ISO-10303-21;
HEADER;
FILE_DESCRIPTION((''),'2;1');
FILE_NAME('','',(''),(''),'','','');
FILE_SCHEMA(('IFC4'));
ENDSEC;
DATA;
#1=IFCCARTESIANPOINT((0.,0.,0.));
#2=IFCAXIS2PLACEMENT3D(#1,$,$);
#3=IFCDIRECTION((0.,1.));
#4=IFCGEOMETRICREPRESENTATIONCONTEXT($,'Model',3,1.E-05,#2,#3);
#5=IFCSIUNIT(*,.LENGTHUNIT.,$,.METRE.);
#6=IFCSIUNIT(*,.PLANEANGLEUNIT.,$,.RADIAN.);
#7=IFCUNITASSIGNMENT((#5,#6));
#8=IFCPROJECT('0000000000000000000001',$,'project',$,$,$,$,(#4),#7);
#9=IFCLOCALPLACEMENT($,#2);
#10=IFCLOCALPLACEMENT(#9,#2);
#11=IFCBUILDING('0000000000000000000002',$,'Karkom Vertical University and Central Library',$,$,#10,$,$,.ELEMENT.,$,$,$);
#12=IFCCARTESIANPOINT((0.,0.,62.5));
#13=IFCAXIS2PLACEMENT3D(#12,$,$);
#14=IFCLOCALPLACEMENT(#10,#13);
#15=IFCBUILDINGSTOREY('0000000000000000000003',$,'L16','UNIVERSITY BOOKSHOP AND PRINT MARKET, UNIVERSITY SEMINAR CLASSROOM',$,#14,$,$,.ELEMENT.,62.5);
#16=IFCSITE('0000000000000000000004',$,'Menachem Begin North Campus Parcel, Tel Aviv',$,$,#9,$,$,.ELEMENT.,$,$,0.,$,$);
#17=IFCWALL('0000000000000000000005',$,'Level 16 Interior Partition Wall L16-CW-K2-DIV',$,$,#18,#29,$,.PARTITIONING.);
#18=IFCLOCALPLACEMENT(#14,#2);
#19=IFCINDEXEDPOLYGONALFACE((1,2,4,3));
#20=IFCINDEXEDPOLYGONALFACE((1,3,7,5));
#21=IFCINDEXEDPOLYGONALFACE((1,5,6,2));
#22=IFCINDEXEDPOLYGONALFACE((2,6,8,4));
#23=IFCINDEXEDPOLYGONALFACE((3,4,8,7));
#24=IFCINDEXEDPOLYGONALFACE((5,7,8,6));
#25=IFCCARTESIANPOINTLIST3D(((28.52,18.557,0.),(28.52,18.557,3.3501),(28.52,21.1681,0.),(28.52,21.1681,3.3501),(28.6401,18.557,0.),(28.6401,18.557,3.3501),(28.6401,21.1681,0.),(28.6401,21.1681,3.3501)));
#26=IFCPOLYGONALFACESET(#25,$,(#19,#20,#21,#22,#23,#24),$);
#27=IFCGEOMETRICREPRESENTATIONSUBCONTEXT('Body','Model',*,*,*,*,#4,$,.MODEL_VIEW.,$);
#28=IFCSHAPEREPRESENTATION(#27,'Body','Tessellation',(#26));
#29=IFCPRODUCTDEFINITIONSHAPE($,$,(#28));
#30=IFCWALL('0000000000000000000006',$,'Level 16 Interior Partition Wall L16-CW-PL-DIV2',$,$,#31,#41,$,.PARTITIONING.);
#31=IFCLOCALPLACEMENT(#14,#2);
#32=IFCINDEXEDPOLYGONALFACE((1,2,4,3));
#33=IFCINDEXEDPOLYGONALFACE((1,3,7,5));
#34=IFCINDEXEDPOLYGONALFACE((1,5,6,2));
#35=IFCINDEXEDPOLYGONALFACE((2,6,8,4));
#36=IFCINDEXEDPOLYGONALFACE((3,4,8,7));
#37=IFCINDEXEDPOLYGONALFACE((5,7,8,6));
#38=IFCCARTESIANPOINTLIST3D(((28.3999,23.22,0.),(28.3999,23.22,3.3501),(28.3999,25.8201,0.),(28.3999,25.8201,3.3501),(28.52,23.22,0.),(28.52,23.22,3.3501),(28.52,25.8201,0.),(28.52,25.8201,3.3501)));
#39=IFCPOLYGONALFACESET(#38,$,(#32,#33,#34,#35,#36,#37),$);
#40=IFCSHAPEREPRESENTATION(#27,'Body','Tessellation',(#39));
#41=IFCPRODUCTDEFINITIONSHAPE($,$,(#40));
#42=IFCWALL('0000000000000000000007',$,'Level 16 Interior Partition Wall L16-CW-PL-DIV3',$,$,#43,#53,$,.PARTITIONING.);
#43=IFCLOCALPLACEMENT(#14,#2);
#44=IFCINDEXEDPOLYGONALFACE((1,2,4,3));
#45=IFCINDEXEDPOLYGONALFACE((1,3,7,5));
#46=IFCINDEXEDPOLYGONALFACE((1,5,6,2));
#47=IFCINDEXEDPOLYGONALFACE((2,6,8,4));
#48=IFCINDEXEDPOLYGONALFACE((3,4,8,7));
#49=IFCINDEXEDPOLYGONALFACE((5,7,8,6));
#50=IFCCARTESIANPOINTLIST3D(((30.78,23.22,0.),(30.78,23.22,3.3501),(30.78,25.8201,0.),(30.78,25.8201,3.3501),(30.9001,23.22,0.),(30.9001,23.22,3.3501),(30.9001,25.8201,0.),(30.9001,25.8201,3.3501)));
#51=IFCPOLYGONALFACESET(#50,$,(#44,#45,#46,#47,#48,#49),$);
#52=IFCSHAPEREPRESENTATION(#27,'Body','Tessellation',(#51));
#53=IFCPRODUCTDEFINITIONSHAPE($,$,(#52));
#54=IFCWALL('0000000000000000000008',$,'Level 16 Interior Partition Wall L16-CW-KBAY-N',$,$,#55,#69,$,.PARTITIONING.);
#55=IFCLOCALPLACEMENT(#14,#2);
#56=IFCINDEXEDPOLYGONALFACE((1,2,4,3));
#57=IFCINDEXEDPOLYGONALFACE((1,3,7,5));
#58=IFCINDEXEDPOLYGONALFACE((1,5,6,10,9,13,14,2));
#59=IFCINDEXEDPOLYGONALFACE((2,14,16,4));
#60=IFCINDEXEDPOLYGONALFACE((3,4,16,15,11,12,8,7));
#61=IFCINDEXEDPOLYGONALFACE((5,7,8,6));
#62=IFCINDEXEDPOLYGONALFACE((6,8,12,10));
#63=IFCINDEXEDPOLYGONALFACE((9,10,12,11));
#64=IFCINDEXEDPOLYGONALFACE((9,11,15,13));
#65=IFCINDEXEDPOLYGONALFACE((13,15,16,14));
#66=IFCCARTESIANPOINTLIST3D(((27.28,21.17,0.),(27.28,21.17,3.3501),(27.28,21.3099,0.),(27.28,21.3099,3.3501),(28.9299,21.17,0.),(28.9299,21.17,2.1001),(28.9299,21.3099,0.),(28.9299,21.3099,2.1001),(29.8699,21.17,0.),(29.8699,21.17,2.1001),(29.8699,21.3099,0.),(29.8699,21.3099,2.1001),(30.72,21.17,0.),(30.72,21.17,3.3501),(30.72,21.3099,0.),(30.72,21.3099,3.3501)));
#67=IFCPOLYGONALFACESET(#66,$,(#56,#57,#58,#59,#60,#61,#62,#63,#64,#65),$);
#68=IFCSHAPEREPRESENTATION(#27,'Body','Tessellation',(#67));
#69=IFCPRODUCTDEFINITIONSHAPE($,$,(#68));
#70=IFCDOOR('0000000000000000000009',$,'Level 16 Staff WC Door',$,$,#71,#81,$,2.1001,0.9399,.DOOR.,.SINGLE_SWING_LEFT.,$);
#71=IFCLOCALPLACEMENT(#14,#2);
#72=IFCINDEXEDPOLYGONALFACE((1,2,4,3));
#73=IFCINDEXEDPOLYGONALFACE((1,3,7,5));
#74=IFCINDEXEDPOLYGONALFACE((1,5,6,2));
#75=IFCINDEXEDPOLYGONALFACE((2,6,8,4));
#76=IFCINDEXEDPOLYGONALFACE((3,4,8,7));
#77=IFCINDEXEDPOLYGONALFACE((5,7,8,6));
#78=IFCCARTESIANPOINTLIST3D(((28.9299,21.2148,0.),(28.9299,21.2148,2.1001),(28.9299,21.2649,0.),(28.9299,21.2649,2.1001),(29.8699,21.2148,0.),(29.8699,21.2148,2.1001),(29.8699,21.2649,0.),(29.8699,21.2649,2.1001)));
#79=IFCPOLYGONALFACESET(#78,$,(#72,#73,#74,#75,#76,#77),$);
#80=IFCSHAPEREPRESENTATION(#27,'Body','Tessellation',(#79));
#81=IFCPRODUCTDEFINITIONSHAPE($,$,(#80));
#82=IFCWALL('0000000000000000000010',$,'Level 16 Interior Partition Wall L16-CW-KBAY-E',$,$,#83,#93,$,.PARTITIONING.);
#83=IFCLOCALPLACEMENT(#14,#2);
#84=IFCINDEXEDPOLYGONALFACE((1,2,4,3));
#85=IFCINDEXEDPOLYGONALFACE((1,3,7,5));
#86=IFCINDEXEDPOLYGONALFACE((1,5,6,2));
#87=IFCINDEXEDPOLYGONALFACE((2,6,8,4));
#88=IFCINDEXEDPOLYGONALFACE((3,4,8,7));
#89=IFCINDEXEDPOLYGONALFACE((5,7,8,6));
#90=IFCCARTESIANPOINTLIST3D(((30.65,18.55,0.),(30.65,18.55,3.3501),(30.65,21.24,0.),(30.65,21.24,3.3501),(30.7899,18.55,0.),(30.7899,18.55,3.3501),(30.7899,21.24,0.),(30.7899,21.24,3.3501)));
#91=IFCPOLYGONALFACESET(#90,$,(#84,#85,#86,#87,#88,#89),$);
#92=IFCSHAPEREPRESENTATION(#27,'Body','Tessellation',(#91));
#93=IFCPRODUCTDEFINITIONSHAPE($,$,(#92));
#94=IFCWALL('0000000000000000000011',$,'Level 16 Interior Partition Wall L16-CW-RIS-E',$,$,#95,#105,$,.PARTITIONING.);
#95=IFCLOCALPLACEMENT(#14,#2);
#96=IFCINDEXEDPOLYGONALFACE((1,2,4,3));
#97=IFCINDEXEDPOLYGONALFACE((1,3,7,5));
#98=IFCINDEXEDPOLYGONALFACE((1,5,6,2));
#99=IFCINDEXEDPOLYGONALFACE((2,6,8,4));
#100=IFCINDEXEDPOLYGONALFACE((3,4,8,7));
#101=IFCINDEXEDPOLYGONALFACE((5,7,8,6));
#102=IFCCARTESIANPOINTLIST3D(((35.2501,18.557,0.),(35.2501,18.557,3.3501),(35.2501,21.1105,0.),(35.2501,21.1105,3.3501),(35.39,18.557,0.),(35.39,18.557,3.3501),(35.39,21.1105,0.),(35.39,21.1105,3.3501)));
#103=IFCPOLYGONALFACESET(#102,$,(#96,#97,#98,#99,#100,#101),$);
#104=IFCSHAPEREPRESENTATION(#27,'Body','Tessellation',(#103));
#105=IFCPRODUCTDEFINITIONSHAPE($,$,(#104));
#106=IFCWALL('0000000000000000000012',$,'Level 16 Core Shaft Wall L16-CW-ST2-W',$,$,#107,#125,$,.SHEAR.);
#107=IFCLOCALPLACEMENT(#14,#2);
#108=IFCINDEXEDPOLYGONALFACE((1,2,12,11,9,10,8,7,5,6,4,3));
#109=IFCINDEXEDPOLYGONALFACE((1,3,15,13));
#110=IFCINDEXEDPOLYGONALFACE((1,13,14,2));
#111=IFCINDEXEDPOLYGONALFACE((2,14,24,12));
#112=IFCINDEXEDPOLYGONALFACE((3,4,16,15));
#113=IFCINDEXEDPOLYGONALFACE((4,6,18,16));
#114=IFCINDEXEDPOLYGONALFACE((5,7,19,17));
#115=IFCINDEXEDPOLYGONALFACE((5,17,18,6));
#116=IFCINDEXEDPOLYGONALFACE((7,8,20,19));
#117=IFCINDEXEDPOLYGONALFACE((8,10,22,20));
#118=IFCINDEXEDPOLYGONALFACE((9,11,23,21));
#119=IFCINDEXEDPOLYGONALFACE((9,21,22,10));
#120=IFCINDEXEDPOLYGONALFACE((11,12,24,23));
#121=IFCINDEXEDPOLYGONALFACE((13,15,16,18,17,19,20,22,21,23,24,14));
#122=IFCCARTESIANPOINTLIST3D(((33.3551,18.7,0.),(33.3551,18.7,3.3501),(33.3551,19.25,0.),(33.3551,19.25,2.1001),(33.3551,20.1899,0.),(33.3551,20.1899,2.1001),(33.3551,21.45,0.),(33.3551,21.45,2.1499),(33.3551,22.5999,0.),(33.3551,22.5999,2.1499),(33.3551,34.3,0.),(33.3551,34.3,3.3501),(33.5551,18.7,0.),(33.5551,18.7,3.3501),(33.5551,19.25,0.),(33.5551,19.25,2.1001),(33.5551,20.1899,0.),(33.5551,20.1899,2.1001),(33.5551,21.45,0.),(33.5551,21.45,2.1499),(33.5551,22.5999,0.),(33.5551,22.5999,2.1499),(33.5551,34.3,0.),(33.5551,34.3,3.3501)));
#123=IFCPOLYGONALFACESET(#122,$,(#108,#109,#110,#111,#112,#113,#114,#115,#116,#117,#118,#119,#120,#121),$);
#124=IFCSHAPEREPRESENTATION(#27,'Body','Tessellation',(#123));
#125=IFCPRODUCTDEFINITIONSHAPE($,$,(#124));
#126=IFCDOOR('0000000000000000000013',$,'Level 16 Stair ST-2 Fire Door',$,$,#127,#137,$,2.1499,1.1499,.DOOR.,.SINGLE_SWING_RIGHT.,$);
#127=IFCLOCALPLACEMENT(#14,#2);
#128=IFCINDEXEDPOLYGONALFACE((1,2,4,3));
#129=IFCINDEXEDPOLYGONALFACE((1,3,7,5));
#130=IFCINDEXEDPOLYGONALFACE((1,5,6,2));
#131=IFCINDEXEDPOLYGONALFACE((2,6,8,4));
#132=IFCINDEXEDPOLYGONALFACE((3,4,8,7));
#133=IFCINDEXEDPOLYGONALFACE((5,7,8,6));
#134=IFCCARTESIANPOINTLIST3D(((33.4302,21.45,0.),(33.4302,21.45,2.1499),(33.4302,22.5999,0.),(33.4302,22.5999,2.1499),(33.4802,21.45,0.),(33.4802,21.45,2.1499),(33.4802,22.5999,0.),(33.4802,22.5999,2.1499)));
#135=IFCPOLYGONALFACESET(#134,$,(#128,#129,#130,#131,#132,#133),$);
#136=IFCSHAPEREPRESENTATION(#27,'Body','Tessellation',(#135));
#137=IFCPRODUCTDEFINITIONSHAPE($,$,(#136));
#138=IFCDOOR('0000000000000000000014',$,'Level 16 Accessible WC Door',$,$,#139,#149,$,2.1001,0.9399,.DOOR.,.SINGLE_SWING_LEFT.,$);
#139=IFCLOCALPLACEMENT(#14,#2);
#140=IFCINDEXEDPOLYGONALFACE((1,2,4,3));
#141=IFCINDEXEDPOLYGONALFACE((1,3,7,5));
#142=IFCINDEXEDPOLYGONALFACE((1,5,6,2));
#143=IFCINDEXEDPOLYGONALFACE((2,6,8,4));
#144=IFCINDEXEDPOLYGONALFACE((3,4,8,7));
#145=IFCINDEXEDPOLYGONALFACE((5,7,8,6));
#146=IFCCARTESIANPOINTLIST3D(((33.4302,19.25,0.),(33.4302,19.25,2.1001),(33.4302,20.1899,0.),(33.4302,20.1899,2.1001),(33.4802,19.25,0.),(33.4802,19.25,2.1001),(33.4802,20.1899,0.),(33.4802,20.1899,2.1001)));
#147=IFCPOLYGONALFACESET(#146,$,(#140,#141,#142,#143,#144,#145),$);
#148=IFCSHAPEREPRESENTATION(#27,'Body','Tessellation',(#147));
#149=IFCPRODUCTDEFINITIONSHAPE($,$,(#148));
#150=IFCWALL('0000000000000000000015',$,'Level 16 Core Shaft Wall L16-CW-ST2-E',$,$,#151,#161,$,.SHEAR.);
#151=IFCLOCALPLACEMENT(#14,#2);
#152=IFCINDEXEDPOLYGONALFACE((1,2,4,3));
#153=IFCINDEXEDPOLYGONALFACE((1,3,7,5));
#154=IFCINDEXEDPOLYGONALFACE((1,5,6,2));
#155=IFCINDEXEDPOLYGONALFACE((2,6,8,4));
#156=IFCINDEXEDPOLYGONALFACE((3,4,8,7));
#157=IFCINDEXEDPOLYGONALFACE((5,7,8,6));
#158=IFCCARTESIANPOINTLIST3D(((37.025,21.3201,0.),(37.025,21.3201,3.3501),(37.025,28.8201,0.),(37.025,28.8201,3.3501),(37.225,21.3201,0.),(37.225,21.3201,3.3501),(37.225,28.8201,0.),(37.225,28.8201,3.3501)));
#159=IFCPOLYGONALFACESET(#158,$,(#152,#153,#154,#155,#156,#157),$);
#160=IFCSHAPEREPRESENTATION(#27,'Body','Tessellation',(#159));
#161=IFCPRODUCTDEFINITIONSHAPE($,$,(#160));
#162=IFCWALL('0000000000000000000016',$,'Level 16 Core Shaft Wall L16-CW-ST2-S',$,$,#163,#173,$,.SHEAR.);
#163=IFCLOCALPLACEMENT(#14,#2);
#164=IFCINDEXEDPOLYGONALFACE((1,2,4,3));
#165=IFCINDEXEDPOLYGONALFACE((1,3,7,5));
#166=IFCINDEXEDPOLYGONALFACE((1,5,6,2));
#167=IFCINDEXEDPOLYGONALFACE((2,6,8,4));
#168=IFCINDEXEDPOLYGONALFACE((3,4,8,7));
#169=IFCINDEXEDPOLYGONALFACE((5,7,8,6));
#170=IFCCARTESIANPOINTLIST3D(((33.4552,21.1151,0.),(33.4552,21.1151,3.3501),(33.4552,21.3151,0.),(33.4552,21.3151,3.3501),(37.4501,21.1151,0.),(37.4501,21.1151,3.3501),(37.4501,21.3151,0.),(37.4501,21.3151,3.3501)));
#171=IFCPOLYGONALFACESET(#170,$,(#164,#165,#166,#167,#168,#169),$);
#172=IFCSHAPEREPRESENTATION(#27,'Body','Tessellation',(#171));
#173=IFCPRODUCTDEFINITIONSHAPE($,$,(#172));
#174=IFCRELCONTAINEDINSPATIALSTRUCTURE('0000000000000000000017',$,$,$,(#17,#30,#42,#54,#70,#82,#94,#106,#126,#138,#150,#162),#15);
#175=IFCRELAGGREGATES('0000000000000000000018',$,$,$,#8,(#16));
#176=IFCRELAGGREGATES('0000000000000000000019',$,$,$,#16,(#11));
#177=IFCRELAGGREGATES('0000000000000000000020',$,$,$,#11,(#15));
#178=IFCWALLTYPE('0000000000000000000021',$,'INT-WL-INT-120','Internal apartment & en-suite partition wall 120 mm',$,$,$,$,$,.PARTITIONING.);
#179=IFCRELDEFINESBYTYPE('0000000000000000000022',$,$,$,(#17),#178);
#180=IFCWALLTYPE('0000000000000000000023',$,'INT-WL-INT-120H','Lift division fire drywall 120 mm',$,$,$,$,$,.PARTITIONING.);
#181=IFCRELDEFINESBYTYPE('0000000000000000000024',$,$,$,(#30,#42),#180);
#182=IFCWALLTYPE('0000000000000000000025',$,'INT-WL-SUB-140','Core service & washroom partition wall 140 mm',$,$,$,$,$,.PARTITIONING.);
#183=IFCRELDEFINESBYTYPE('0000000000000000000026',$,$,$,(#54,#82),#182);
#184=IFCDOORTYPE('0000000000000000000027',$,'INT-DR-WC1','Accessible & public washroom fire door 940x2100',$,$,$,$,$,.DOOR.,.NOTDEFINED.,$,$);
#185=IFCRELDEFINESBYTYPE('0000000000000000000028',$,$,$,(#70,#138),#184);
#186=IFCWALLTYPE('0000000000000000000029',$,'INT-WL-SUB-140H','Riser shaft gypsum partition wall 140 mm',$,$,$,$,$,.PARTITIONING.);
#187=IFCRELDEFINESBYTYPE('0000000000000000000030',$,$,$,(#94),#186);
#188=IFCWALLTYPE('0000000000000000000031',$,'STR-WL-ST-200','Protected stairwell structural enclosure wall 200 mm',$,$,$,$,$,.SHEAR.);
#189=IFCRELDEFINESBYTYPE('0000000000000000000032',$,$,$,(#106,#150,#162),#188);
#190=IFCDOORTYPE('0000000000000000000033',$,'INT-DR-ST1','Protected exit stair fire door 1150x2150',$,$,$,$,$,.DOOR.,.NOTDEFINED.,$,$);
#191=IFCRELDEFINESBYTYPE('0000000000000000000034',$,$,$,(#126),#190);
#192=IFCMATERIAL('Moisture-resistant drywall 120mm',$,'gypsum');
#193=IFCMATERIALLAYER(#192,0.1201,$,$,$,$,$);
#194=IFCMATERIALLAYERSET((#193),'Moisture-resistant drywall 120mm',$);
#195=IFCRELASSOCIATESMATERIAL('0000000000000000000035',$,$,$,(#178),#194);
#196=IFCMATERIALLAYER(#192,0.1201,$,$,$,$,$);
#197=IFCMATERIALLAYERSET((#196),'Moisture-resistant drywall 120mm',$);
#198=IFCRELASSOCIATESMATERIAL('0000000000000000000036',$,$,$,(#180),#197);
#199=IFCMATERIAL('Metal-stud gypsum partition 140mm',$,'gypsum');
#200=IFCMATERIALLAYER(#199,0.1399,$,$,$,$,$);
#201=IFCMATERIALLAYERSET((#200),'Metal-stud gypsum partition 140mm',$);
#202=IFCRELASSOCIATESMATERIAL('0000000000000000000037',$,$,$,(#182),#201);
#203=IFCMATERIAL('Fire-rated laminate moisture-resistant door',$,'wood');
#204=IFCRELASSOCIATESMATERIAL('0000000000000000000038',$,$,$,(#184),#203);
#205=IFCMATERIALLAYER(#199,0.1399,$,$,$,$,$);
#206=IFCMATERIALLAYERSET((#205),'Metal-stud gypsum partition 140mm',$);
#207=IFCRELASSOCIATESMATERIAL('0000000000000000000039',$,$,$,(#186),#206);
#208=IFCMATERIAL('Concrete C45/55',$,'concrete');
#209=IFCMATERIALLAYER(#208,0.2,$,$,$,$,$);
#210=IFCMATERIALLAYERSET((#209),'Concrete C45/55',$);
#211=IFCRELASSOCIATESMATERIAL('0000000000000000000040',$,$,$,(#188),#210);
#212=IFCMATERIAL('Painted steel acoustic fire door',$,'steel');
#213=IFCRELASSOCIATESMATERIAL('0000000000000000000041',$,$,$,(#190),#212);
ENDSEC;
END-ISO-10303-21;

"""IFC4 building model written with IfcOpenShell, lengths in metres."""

from ifc_helpers import new_model, si_unit, direction, frame, frame_2d, origin, origin_with_axes, place, context, subcontext, project, spatial, rectangle, extrude, source, transform, mapped, material, layer, layer_set, type_object, element, fill, save


model = new_model("IFC4")

# Units and contexts
model_context = context("Model", 3, precision=1e-05, world=origin(), true_north=direction((0.0, 1.0)))
body_context = subcontext(model_context, "Body", "Model", "MODEL_VIEW")
ifc_project = project(units=[si_unit("LENGTHUNIT", "METRE"), si_unit("PLANEANGLEUNIT", "RADIAN")], contexts=[model_context])

# Site, building, storey
site_placement = place(None, origin())
site = spatial("IfcSite", under=ifc_project, at=site_placement, Name="Menachem Begin North Campus Parcel, Tel Aviv", CompositionType="ELEMENT", RefElevation=0.0)
building_placement = place(site_placement, origin())
building = spatial("IfcBuilding", under=site, at=building_placement, Name="Karkom Vertical University and Central Library", CompositionType="ELEMENT")
storey_placement = place(building_placement, frame((0.0, 0.0, 62.5)))
storey = spatial("IfcBuildingStorey", under=building, at=storey_placement, Name="L16", Description="UNIVERSITY BOOKSHOP AND PRINT MARKET, UNIVERSITY SEMINAR CLASSROOM", CompositionType="ELEMENT", Elevation=62.5)

# Walls
ifc_material_1 = material(Name="Moisture-resistant drywall 120mm", Category="gypsum")
ifc_layer_1 = layer(ifc_material_1, 0.1201)
ifc_layer_set_1 = layer_set([ifc_layer_1], Name="Moisture-resistant drywall 120mm")
wall_type_1 = type_object("IfcWallType", Name="INT-WL-INT-120", Description="Internal apartment & en-suite partition wall 120 mm", PredefinedType="PARTITIONING", material=ifc_layer_set_1)
wall_1_placement = place(storey_placement, frame((28.5801, 18.5569, 0.0), z_axis=(0.0, 0.0, 1.0), x_axis=(0.0, 1.0, 0.0)))
element("IfcWall", 1, at=wall_1_placement, inside=storey, type_object=wall_type_1, Name="Level 16 Interior Partition Wall L16-CW-K2-DIV", PredefinedType="PARTITIONING", context=body_context, shape_type="SweptSolid", body=[
    extrude(rectangle(XDim=2.6111, YDim=0.1201, at=frame_2d((1.3057, 0.0))), origin(), (0.0, 0.0, 1.0), 3.3501),
])
ifc_layer_2 = layer(ifc_material_1, 0.1201)
ifc_layer_set_2 = layer_set([ifc_layer_2], Name="Moisture-resistant drywall 120mm")
wall_type_2 = type_object("IfcWallType", Name="INT-WL-INT-120H", Description="Lift division fire drywall 120 mm", PredefinedType="PARTITIONING", material=ifc_layer_set_2)
for number, where, z_axis, x_axis, name in (
    (2, (28.46, 23.22, 0.0), (0.0, 0.0, 1.0), (0.0, 1.0, 0.0), "Level 16 Interior Partition Wall L16-CW-PL-DIV2"),
    (3, (30.8401, 23.22, 0.0), (0.0, 0.0, 1.0), (0.0, 1.0, 0.0), "Level 16 Interior Partition Wall L16-CW-PL-DIV3"),
):
    element("IfcWall", number, at=place(storey_placement, frame(where, z_axis=z_axis, x_axis=x_axis)), inside=storey, type_object=wall_type_2, Name=name, PredefinedType="PARTITIONING", context=body_context, shape_type="SweptSolid", body=[
        extrude(rectangle(XDim=2.6001, YDim=0.1201, at=frame_2d((1.3, 0.0))), origin(), (0.0, 0.0, 1.0), 3.3501),
    ])

# Wall, opening, door
ifc_material_2 = material(Name="Metal-stud gypsum partition 140mm", Category="gypsum")
ifc_layer_3 = layer(ifc_material_2, 0.1399)
ifc_layer_set_3 = layer_set([ifc_layer_3], Name="Metal-stud gypsum partition 140mm")
wall_type_3 = type_object("IfcWallType", Name="INT-WL-SUB-140", Description="Core service & washroom partition wall 140 mm", PredefinedType="PARTITIONING", material=ifc_layer_set_3)
wall_2_placement = place(storey_placement, frame((27.28, 21.24, 0.0), z_axis=(0.0, 0.0, 1.0), x_axis=(1.0, 0.0, 0.0)))
wall_2 = element("IfcWall", 4, at=wall_2_placement, inside=storey, type_object=wall_type_3, Name="Level 16 Interior Partition Wall L16-CW-KBAY-N", PredefinedType="PARTITIONING", context=body_context, shape_type="SweptSolid", body=[
    extrude(rectangle(XDim=3.4399, YDim=0.1399, at=frame_2d((1.72, 0.0))), origin(), (0.0, 0.0, 1.0), 3.3501),
])
opening_1_placement = place(wall_2_placement, frame((1.6499, 0.0, 0.0)))
opening_1 = element("IfcOpeningElement", 5, at=opening_1_placement, cuts=wall_2, PredefinedType="OPENING", context=body_context, shape_type="SweptSolid", body=[
    extrude(rectangle(XDim=0.9399, YDim=2.1001, at=frame_2d((0.47, 1.05))), frame((0.0, 0.0801, 0.0), z_axis=(0.0, -1.0, 0.0), x_axis=(1.0, 0.0, 0.0)), (0.0, 0.0, 1.0), 0.1599),
])
ifc_material_3 = material(Name="Fire-rated laminate moisture-resistant door", Category="wood")
door_type_1 = type_object("IfcDoorType", Name="INT-DR-WC1", Description="Accessible & public washroom fire door 940x2100", OperationType="NOTDEFINED", PredefinedType="DOOR", material=ifc_material_3)
shared_shape_1 = source(origin_with_axes(), body_context, "Body", "SweptSolid", [
    extrude(rectangle(XDim=0.9399, YDim=2.1001, at=frame_2d((0.47, 1.05))), frame((0.0, 0.0249, 0.0), z_axis=(0.0, -1.0, 0.0), x_axis=(1.0, 0.0, 0.0)), (0.0, 0.0, 1.0), 0.05),
])
door_1_placement = place(opening_1_placement, origin())
door_1 = element("IfcDoor", 6, at=door_1_placement, inside=storey, type_object=door_type_1, Name="Level 16 Staff WC Door", OperationType="SINGLE_SWING_LEFT", OverallHeight=2.1001, OverallWidth=0.9399, PredefinedType="DOOR", context=body_context, shape_type="MappedRepresentation", body=[
    mapped(shared_shape_1, transform((0.0, 0.0, 0.0), scale=1.0)),
])
fill(opening_1, door_1)

# Walls
wall_3_placement = place(storey_placement, frame((30.72, 18.55, 0.0), z_axis=(0.0, 0.0, 1.0), x_axis=(0.0, 1.0, 0.0)))
element("IfcWall", 7, at=wall_3_placement, inside=storey, type_object=wall_type_3, Name="Level 16 Interior Partition Wall L16-CW-KBAY-E", PredefinedType="PARTITIONING", context=body_context, shape_type="SweptSolid", body=[
    extrude(rectangle(XDim=2.6899, YDim=0.1399, at=frame_2d((1.345, 0.0))), origin(), (0.0, 0.0, 1.0), 3.3501),
])
ifc_layer_4 = layer(ifc_material_2, 0.1399)
ifc_layer_set_4 = layer_set([ifc_layer_4], Name="Metal-stud gypsum partition 140mm")
wall_type_4 = type_object("IfcWallType", Name="INT-WL-SUB-140H", Description="Riser shaft gypsum partition wall 140 mm", PredefinedType="PARTITIONING", material=ifc_layer_set_4)
wall_4_placement = place(storey_placement, frame((35.3201, 18.5569, 0.0), z_axis=(0.0, 0.0, 1.0), x_axis=(0.0, 1.0, 0.0)))
element("IfcWall", 8, at=wall_4_placement, inside=storey, type_object=wall_type_4, Name="Level 16 Interior Partition Wall L16-CW-RIS-E", PredefinedType="PARTITIONING", context=body_context, shape_type="SweptSolid", body=[
    extrude(rectangle(XDim=2.5535, YDim=0.1399, at=frame_2d((1.2769, 0.0))), origin(), (0.0, 0.0, 1.0), 3.3501),
])

# Wall, openings, doors
ifc_material_4 = material(Name="Concrete C45/55", Category="concrete")
ifc_layer_5 = layer(ifc_material_4, 0.2)
ifc_layer_set_5 = layer_set([ifc_layer_5], Name="Concrete C45/55")
wall_type_5 = type_object("IfcWallType", Name="STR-WL-ST-200", Description="Protected stairwell structural enclosure wall 200 mm", PredefinedType="SHEAR", material=ifc_layer_set_5)
wall_5_placement = place(storey_placement, frame((33.4551, 18.7, 0.0), z_axis=(0.0, 0.0, 1.0), x_axis=(0.0, 1.0, 0.0)))
wall_5 = element("IfcWall", 9, at=wall_5_placement, inside=storey, type_object=wall_type_5, Name="Level 16 Core Shaft Wall L16-CW-ST2-W", PredefinedType="SHEAR", context=body_context, shape_type="SweptSolid", body=[
    extrude(rectangle(XDim=15.6001, YDim=0.2, at=frame_2d((7.8, 0.0))), origin(), (0.0, 0.0, 1.0), 3.3501),
])
opening_2_placement = place(wall_5_placement, frame((2.75, 0.0, 0.0)))
opening_2 = element("IfcOpeningElement", 10, at=opening_2_placement, cuts=wall_5, PredefinedType="OPENING", context=body_context, shape_type="SweptSolid", body=[
    extrude(rectangle(XDim=1.1499, YDim=2.1499, at=frame_2d((0.575, 1.075))), frame((0.0, 0.1099, 0.0), z_axis=(0.0, -1.0, 0.0), x_axis=(1.0, 0.0, 0.0)), (0.0, 0.0, 1.0), 0.22),
])
opening_3_placement = place(wall_5_placement, frame((0.55, 0.0, 0.0)))
opening_3 = element("IfcOpeningElement", 11, at=opening_3_placement, cuts=wall_5, PredefinedType="OPENING", context=body_context, shape_type="SweptSolid", body=[
    extrude(rectangle(XDim=0.9399, YDim=2.1001, at=frame_2d((0.47, 1.05))), frame((0.0, 0.1099, 0.0), z_axis=(0.0, -1.0, 0.0), x_axis=(1.0, 0.0, 0.0)), (0.0, 0.0, 1.0), 0.22),
])
ifc_material_5 = material(Name="Painted steel acoustic fire door", Category="steel")
door_type_2 = type_object("IfcDoorType", Name="INT-DR-ST1", Description="Protected exit stair fire door 1150x2150", OperationType="NOTDEFINED", PredefinedType="DOOR", material=ifc_material_5)
shared_shape_2 = source(origin_with_axes(), body_context, "Body", "SweptSolid", [
    extrude(rectangle(XDim=1.1499, YDim=2.1499, at=frame_2d((0.575, 1.075))), frame((0.0, 0.0249, 0.0), z_axis=(0.0, -1.0, 0.0), x_axis=(1.0, 0.0, 0.0)), (0.0, 0.0, 1.0), 0.05),
])
door_2_placement = place(opening_2_placement, origin())
door_2 = element("IfcDoor", 12, at=door_2_placement, inside=storey, type_object=door_type_2, Name="Level 16 Stair ST-2 Fire Door", OperationType="SINGLE_SWING_RIGHT", OverallHeight=2.1499, OverallWidth=1.1499, PredefinedType="DOOR", context=body_context, shape_type="MappedRepresentation", body=[
    mapped(shared_shape_2, transform((0.0, 0.0, 0.0), scale=1.0)),
])
fill(opening_2, door_2)
door_3_placement = place(opening_3_placement, origin())
door_3 = element("IfcDoor", 13, at=door_3_placement, inside=storey, type_object=door_type_1, Name="Level 16 Accessible WC Door", OperationType="SINGLE_SWING_LEFT", OverallHeight=2.1001, OverallWidth=0.9399, PredefinedType="DOOR", context=body_context, shape_type="MappedRepresentation", body=[
    mapped(shared_shape_1, transform((0.0, 0.0, 0.0), scale=1.0)),
])
fill(opening_3, door_3)

# Walls
wall_6_placement = place(storey_placement, frame((37.125, 21.3201, 0.0), z_axis=(0.0, 0.0, 1.0), x_axis=(0.0, 1.0, 0.0)))
element("IfcWall", 14, at=wall_6_placement, inside=storey, type_object=wall_type_5, Name="Level 16 Core Shaft Wall L16-CW-ST2-E", PredefinedType="SHEAR", context=body_context, shape_type="SweptSolid", body=[
    extrude(rectangle(XDim=7.5, YDim=0.2, at=frame_2d((3.75, 0.0))), origin(), (0.0, 0.0, 1.0), 3.3501),
])
wall_7_placement = place(storey_placement, frame((33.4551, 21.2151, 0.0), z_axis=(0.0, 0.0, 1.0), x_axis=(1.0, 0.0, 0.0)))
element("IfcWall", 15, at=wall_7_placement, inside=storey, type_object=wall_type_5, Name="Level 16 Core Shaft Wall L16-CW-ST2-S", PredefinedType="SHEAR", context=body_context, shape_type="SweptSolid", body=[
    extrude(rectangle(XDim=3.9949, YDim=0.2, at=frame_2d((1.9976, 0.0))), origin(), (0.0, 0.0, 1.0), 3.3501),
])

save(model, "model.ifc")
